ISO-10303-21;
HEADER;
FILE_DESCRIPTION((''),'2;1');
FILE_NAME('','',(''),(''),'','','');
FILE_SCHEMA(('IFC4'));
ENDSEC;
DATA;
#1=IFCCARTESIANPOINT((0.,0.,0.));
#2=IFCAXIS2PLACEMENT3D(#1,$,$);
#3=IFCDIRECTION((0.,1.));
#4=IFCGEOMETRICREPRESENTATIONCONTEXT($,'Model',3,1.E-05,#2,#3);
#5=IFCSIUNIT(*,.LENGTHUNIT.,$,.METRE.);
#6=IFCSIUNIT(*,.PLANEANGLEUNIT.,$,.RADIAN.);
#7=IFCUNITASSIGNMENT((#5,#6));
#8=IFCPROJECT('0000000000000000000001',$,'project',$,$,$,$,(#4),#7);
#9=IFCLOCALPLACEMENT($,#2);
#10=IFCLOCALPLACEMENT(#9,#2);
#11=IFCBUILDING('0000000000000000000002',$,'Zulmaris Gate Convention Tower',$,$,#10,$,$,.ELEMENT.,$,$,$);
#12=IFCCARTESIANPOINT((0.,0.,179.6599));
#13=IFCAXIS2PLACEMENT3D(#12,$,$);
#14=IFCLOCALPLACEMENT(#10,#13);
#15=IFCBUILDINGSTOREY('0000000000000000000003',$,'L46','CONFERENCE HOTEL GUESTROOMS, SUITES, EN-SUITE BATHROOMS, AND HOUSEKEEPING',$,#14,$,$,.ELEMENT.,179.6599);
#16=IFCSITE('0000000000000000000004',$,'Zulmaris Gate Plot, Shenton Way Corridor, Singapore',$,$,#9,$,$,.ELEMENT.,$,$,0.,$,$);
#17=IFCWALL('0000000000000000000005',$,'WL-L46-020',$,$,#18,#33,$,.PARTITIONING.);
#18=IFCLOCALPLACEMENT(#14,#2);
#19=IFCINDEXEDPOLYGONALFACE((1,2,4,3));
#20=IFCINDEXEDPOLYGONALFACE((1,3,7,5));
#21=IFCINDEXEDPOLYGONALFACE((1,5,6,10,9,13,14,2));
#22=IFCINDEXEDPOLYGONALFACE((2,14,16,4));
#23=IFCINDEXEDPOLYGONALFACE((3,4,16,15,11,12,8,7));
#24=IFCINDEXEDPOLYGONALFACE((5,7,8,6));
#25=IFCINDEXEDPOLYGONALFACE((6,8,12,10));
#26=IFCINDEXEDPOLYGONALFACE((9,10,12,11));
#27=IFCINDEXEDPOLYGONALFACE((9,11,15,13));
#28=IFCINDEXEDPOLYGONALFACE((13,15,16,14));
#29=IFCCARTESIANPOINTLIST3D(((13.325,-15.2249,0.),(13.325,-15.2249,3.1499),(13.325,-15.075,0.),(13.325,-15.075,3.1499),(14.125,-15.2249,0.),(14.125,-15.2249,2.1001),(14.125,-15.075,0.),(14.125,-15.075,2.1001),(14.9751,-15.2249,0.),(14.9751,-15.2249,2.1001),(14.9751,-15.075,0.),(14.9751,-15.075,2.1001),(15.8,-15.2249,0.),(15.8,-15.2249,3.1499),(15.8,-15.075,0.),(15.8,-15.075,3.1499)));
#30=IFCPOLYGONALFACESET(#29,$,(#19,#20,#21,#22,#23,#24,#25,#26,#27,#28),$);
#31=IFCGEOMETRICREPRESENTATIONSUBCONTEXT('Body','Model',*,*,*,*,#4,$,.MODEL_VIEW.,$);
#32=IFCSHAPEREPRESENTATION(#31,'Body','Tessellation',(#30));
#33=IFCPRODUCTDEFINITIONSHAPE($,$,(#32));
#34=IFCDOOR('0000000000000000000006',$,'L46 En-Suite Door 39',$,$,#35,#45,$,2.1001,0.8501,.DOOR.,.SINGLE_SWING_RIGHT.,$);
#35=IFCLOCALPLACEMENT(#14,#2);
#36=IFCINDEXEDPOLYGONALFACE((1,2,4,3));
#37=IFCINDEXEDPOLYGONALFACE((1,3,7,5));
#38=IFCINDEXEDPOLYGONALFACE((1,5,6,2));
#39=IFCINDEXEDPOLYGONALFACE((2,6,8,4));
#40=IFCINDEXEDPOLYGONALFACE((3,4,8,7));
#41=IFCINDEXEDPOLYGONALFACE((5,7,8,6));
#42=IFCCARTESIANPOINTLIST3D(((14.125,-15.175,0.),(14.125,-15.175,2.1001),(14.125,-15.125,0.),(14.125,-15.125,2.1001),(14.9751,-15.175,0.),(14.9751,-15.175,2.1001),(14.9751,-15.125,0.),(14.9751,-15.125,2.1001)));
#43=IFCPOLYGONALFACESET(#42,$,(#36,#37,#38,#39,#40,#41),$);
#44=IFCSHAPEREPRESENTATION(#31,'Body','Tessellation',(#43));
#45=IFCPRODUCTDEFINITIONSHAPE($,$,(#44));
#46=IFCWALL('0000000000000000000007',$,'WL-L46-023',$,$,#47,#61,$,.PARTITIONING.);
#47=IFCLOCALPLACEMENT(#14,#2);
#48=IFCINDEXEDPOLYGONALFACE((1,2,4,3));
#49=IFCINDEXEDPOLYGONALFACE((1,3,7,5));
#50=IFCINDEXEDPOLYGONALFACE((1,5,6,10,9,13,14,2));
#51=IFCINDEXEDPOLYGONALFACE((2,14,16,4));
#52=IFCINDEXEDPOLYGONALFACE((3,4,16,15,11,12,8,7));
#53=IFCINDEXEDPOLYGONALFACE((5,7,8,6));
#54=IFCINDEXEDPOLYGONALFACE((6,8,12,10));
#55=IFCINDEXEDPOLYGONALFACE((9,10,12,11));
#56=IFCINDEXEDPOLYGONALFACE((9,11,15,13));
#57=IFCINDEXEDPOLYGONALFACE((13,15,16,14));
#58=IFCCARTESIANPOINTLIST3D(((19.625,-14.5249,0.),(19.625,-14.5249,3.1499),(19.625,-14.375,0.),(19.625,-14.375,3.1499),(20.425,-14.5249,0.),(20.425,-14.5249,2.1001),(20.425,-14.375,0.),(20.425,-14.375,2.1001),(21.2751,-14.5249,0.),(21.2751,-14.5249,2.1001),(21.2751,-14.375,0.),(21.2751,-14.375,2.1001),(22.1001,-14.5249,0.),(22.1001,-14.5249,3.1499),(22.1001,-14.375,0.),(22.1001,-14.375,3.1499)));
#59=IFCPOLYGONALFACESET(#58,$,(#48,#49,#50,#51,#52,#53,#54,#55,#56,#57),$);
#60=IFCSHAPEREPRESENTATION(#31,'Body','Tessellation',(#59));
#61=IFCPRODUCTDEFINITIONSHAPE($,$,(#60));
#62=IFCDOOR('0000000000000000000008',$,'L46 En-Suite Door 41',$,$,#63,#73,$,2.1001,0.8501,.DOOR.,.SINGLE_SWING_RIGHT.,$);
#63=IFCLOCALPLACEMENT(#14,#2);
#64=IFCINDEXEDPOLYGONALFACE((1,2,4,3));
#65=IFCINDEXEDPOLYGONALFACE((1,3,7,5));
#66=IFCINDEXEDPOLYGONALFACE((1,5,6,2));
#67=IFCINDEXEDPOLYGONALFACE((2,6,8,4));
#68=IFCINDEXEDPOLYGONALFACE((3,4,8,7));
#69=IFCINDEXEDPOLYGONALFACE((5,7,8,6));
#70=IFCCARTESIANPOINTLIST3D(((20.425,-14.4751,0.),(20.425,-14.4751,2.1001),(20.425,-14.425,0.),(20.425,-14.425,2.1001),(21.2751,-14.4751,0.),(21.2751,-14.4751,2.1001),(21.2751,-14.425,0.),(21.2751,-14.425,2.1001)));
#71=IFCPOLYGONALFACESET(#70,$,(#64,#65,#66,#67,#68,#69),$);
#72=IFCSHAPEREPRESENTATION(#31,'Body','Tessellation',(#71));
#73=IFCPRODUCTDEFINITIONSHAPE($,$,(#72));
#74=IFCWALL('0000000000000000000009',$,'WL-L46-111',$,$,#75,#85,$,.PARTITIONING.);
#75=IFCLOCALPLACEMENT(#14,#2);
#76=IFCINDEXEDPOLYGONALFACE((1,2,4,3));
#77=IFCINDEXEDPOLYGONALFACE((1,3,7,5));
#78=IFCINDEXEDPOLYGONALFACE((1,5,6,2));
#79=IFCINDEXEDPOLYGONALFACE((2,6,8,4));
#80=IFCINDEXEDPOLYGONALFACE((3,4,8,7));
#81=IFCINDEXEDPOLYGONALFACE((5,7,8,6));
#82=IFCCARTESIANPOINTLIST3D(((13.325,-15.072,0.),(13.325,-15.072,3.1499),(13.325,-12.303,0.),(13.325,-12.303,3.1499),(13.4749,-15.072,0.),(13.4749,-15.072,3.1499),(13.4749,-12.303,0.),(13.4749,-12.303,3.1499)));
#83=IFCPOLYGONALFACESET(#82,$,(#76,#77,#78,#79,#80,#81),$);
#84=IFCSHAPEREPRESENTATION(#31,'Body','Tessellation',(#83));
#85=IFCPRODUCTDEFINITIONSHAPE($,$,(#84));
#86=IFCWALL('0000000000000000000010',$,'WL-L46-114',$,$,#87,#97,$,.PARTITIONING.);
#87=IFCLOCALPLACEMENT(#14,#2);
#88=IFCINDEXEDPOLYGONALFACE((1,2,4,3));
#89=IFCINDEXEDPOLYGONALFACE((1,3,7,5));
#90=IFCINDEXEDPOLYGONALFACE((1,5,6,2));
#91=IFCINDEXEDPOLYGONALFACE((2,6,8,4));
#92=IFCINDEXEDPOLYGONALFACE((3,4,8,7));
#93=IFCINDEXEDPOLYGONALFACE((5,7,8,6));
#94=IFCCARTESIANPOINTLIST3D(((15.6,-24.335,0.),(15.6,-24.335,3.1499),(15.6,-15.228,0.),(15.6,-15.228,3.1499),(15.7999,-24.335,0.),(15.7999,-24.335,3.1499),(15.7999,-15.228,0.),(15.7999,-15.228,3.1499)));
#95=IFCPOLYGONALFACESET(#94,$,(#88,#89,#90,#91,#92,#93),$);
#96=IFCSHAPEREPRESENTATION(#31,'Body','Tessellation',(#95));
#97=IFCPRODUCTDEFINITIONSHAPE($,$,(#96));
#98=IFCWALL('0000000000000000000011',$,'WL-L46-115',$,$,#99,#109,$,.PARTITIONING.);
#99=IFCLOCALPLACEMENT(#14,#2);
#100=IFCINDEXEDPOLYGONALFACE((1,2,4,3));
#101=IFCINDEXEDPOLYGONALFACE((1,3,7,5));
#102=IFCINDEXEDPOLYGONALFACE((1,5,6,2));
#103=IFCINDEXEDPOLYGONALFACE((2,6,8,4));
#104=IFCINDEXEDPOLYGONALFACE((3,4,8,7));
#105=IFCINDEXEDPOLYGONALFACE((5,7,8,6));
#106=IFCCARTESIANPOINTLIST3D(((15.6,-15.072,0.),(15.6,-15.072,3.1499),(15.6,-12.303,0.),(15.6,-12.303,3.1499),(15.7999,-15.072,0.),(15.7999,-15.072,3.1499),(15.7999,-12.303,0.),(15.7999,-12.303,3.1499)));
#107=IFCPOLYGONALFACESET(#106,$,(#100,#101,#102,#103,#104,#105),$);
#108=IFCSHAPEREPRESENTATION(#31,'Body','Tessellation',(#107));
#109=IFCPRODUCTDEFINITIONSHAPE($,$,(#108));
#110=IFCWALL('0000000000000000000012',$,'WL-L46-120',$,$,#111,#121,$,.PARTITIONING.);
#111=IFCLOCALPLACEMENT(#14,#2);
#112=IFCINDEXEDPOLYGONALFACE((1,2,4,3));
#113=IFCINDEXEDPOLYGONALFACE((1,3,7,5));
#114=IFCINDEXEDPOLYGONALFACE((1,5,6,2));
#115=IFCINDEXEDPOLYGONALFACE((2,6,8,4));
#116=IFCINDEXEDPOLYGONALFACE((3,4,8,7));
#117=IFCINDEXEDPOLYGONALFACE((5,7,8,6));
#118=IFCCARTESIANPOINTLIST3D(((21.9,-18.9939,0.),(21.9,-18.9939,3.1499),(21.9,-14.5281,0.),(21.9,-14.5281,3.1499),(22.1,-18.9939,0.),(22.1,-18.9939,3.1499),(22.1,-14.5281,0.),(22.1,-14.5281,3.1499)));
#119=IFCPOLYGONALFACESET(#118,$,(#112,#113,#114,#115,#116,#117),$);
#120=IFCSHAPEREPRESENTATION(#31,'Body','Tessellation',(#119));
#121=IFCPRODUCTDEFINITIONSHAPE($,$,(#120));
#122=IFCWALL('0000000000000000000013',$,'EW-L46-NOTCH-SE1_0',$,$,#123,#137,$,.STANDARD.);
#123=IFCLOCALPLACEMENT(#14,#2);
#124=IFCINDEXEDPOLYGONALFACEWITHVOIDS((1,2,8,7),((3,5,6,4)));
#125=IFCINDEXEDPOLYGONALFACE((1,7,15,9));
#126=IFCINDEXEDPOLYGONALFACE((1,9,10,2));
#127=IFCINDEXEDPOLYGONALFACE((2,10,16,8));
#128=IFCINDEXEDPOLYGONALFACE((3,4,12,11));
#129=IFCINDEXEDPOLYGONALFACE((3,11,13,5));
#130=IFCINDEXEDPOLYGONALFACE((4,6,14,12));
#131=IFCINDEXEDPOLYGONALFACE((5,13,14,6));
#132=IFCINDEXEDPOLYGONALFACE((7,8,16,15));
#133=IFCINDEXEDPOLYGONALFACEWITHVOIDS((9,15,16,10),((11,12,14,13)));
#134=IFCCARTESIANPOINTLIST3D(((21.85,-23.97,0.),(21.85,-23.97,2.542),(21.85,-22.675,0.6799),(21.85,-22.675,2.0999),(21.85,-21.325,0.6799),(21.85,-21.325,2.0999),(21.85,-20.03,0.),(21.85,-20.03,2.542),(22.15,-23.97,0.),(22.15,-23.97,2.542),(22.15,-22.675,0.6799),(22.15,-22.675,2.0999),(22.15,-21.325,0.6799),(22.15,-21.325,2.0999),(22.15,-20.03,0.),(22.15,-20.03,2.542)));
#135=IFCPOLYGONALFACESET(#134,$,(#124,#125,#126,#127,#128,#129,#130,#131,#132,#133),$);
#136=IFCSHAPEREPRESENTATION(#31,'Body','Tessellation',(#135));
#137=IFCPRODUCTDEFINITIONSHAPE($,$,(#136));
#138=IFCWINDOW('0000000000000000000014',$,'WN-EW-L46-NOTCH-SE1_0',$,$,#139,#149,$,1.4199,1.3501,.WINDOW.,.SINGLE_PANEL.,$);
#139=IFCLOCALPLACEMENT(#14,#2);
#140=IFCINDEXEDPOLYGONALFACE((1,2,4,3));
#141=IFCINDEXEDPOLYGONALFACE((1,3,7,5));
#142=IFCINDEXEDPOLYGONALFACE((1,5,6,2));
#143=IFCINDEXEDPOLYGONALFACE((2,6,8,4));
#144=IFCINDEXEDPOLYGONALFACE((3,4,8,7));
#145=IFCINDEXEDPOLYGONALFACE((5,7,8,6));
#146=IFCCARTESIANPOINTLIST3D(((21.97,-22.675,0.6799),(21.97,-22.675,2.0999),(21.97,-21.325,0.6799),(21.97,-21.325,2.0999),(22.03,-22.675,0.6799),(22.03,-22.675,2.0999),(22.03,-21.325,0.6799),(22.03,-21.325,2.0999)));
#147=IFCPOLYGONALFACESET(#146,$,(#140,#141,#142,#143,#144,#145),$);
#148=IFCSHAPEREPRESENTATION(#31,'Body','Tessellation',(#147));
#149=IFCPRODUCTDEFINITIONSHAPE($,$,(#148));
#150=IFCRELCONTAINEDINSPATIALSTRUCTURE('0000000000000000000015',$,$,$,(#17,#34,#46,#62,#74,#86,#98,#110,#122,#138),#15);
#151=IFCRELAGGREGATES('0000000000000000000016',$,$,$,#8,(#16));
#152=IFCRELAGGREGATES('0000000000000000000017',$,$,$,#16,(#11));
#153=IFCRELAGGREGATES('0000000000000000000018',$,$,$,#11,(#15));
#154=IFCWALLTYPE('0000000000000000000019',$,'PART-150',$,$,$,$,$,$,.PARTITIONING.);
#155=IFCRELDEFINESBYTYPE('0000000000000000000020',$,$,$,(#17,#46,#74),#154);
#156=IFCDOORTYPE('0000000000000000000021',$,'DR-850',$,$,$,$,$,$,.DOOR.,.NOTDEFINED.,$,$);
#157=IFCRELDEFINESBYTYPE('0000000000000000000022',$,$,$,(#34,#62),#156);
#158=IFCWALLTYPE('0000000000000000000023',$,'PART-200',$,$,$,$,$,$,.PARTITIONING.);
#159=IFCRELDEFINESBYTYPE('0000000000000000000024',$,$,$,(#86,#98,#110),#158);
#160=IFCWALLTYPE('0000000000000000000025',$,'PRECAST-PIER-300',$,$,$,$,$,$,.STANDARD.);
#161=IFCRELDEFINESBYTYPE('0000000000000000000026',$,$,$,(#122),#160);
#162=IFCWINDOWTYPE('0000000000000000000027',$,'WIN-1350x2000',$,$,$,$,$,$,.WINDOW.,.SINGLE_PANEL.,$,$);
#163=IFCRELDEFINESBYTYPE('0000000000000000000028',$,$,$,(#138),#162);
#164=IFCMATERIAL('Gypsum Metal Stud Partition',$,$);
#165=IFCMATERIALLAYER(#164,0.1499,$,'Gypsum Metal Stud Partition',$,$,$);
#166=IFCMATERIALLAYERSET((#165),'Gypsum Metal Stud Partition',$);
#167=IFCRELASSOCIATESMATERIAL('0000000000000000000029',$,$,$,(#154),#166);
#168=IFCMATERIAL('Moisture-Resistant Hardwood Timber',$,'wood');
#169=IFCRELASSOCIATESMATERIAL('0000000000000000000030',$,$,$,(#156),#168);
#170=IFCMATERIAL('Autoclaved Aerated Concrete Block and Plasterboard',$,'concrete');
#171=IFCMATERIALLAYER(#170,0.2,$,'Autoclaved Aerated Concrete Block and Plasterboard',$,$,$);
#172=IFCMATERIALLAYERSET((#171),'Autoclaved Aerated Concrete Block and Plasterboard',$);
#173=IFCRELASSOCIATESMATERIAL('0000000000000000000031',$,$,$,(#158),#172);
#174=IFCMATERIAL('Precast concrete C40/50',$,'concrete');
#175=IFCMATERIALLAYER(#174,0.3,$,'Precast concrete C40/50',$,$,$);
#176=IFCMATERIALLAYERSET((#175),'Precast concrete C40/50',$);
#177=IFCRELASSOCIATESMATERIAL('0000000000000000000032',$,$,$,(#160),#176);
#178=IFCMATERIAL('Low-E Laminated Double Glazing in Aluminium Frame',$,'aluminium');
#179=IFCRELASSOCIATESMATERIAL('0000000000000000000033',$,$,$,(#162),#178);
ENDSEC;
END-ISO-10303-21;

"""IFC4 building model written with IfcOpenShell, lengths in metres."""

from ifc_helpers import new_model, si_unit, direction, frame, frame_2d, origin, place, context, subcontext, project, spatial, rectangle, extrude, material, layer, layer_set, type_object, element, fill, save


model = new_model("IFC4")

# Units and contexts
model_context = context("Model", 3, precision=1e-05, world=origin(), true_north=direction((0.0, 1.0)))
body_context = subcontext(model_context, "Body", "Model", "MODEL_VIEW")
ifc_project = project(units=[si_unit("LENGTHUNIT", "METRE"), si_unit("PLANEANGLEUNIT", "RADIAN")], contexts=[model_context])

# Site, building, storey
site_placement = place(None, origin())
site = spatial("IfcSite", under=ifc_project, at=site_placement, Name="Zulmaris Gate Plot, Shenton Way Corridor, Singapore", CompositionType="ELEMENT", RefElevation=0.0)
building_placement = place(site_placement, origin())
building = spatial("IfcBuilding", under=site, at=building_placement, Name="Zulmaris Gate Convention Tower", CompositionType="ELEMENT")
storey_placement = place(building_placement, frame((0.0, 0.0, 179.6599)))
storey = spatial("IfcBuildingStorey", under=building, at=storey_placement, Name="L46", Description="CONFERENCE HOTEL GUESTROOMS, SUITES, EN-SUITE BATHROOMS, AND HOUSEKEEPING", CompositionType="ELEMENT", Elevation=179.6599)

# Walls, openings, doors
ifc_material_1 = material(Name="Gypsum Metal Stud Partition")
ifc_layer_1 = layer(ifc_material_1, 0.1499, Name="Gypsum Metal Stud Partition")
ifc_layer_set_1 = layer_set([ifc_layer_1], Name="Gypsum Metal Stud Partition")
wall_type_1 = type_object("IfcWallType", Name="PART-150", PredefinedType="PARTITIONING", material=ifc_layer_set_1)
wall_1_placement = place(storey_placement, frame((13.325, -15.1499, 0.0), z_axis=(0.0, 0.0, 1.0), x_axis=(1.0, 0.0, 0.0)))
wall_1 = element("IfcWall", 1, at=wall_1_placement, inside=storey, type_object=wall_type_1, Name="WL-L46-020", PredefinedType="PARTITIONING", context=body_context, shape_type="SweptSolid", body=[
    extrude(rectangle(XDim=2.4751, YDim=0.1499, at=frame_2d((1.2375, 0.0))), origin(), (0.0, 0.0, 1.0), 3.1499),
])
opening_1_placement = place(wall_1_placement, frame((0.8, 0.0, 0.0)))
opening_1 = element("IfcOpeningElement", 2, at=opening_1_placement, cuts=wall_1, PredefinedType="OPENING", context=body_context, shape_type="SweptSolid", body=[
    extrude(rectangle(XDim=0.8501, YDim=2.1001, at=frame_2d((0.425, 1.05))), frame((0.0, 0.085, 0.0), z_axis=(0.0, -1.0, 0.0), x_axis=(1.0, 0.0, 0.0)), (0.0, 0.0, 1.0), 0.1699),
])
ifc_material_2 = material(Name="Moisture-Resistant Hardwood Timber", Category="wood")
door_type = type_object("IfcDoorType", Name="DR-850", OperationType="NOTDEFINED", PredefinedType="DOOR", material=ifc_material_2)
door_1_placement = place(opening_1_placement, origin())
door_1 = element("IfcDoor", 3, at=door_1_placement, inside=storey, type_object=door_type, Name="L46 En-Suite Door 39", OperationType="SINGLE_SWING_RIGHT", OverallHeight=2.1001, OverallWidth=0.8501, PredefinedType="DOOR", context=body_context, shape_type="SweptSolid", body=[
    extrude(rectangle(XDim=0.8501, YDim=2.1001, at=frame_2d((0.425, 1.05))), frame((0.0, 0.0249, 0.0), z_axis=(0.0, -1.0, 0.0), x_axis=(1.0, 0.0, 0.0)), (0.0, 0.0, 1.0), 0.05),
])
fill(opening_1, door_1)
wall_2_placement = place(storey_placement, frame((19.625, -14.45, 0.0), z_axis=(0.0, 0.0, 1.0), x_axis=(1.0, 0.0, 0.0)))
wall_2 = element("IfcWall", 4, at=wall_2_placement, inside=storey, type_object=wall_type_1, Name="WL-L46-023", PredefinedType="PARTITIONING", context=body_context, shape_type="SweptSolid", body=[
    extrude(rectangle(XDim=2.4751, YDim=0.1499, at=frame_2d((1.2375, 0.0))), origin(), (0.0, 0.0, 1.0), 3.1499),
])
opening_2_placement = place(wall_2_placement, frame((0.8, 0.0, 0.0)))
opening_2 = element("IfcOpeningElement", 5, at=opening_2_placement, cuts=wall_2, PredefinedType="OPENING", context=body_context, shape_type="SweptSolid", body=[
    extrude(rectangle(XDim=0.8501, YDim=2.1001, at=frame_2d((0.425, 1.05))), frame((0.0, 0.085, 0.0), z_axis=(0.0, -1.0, 0.0), x_axis=(1.0, 0.0, 0.0)), (0.0, 0.0, 1.0), 0.1699),
])
door_2_placement = place(opening_2_placement, origin())
door_2 = element("IfcDoor", 6, at=door_2_placement, inside=storey, type_object=door_type, Name="L46 En-Suite Door 41", OperationType="SINGLE_SWING_RIGHT", OverallHeight=2.1001, OverallWidth=0.8501, PredefinedType="DOOR", context=body_context, shape_type="SweptSolid", body=[
    extrude(rectangle(XDim=0.8501, YDim=2.1001, at=frame_2d((0.425, 1.05))), frame((0.0, 0.0249, 0.0), z_axis=(0.0, -1.0, 0.0), x_axis=(1.0, 0.0, 0.0)), (0.0, 0.0, 1.0), 0.05),
])
fill(opening_2, door_2)

# Walls
wall_3_placement = place(storey_placement, frame((13.3999, -15.072, 0.0), z_axis=(0.0, 0.0, 1.0), x_axis=(0.0, 1.0, 0.0)))
element("IfcWall", 7, at=wall_3_placement, inside=storey, type_object=wall_type_1, Name="WL-L46-111", PredefinedType="PARTITIONING", context=body_context, shape_type="SweptSolid", body=[
    extrude(rectangle(XDim=2.769, YDim=0.1499, at=frame_2d((1.3845, 0.0))), origin(), (0.0, 0.0, 1.0), 3.1499),
])
ifc_material_3 = material(Name="Autoclaved Aerated Concrete Block and Plasterboard", Category="concrete")
ifc_layer_2 = layer(ifc_material_3, 0.2, Name="Autoclaved Aerated Concrete Block and Plasterboard")
ifc_layer_set_2 = layer_set([ifc_layer_2], Name="Autoclaved Aerated Concrete Block and Plasterboard")
wall_type_2 = type_object("IfcWallType", Name="PART-200", PredefinedType="PARTITIONING", material=ifc_layer_set_2)
wall_4_placement = place(storey_placement, frame((15.7, -24.335, 0.0), z_axis=(0.0, 0.0, 1.0), x_axis=(0.0, 1.0, 0.0)))
element("IfcWall", 8, at=wall_4_placement, inside=storey, type_object=wall_type_2, Name="WL-L46-114", PredefinedType="PARTITIONING", context=body_context, shape_type="SweptSolid", body=[
    extrude(rectangle(XDim=9.1069, YDim=0.2, at=frame_2d((4.5535, 0.0))), origin(), (0.0, 0.0, 1.0), 3.1499),
])
wall_5_placement = place(storey_placement, frame((15.7, -15.072, 0.0), z_axis=(0.0, 0.0, 1.0), x_axis=(0.0, 1.0, 0.0)))
element("IfcWall", 9, at=wall_5_placement, inside=storey, type_object=wall_type_2, Name="WL-L46-115", PredefinedType="PARTITIONING", context=body_context, shape_type="SweptSolid", body=[
    extrude(rectangle(XDim=2.769, YDim=0.2, at=frame_2d((1.3845, 0.0))), origin(), (0.0, 0.0, 1.0), 3.1499),
])
wall_6_placement = place(storey_placement, frame((22.0, -18.9939, 0.0), z_axis=(0.0, 0.0, 1.0), x_axis=(0.0, 1.0, 0.0)))
element("IfcWall", 10, at=wall_6_placement, inside=storey, type_object=wall_type_2, Name="WL-L46-120", PredefinedType="PARTITIONING", context=body_context, shape_type="SweptSolid", body=[
    extrude(rectangle(XDim=4.4658, YDim=0.2, at=frame_2d((2.2329, 0.0))), origin(), (0.0, 0.0, 1.0), 3.1499),
])

# Wall, opening, window
ifc_material_4 = material(Name="Precast concrete C40/50", Category="concrete")
ifc_layer_3 = layer(ifc_material_4, 0.3, Name="Precast concrete C40/50")
ifc_layer_set_3 = layer_set([ifc_layer_3], Name="Precast concrete C40/50")
wall_type_3 = type_object("IfcWallType", Name="PRECAST-PIER-300", PredefinedType="STANDARD", material=ifc_layer_set_3)
wall_7_placement = place(storey_placement, frame((22.0, -23.97, 0.0), z_axis=(0.0, 0.0, 1.0), x_axis=(0.0, 1.0, 0.0)))
wall_7 = element("IfcWall", 11, at=wall_7_placement, inside=storey, type_object=wall_type_3, Name="EW-L46-NOTCH-SE1_0", PredefinedType="STANDARD", context=body_context, shape_type="SweptSolid", body=[
    extrude(rectangle(XDim=3.9399, YDim=0.3, at=frame_2d((1.97, 0.0))), origin(), (0.0, 0.0, 1.0), 2.542),
])
opening_3_placement = place(wall_7_placement, frame((1.2949, 0.0, 0.6799)))
opening_3 = element("IfcOpeningElement", 12, at=opening_3_placement, cuts=wall_7, PredefinedType="OPENING", context=body_context, shape_type="SweptSolid", body=[
    extrude(rectangle(XDim=1.3501, YDim=1.4199, at=frame_2d((0.675, 0.71))), frame((0.0, 0.1602, 0.0), z_axis=(0.0, -1.0, 0.0), x_axis=(1.0, 0.0, 0.0)), (0.0, 0.0, 1.0), 0.3201),
])
ifc_material_5 = material(Name="Low-E Laminated Double Glazing in Aluminium Frame", Category="aluminium")
window_type = type_object("IfcWindowType", Name="WIN-1350x2000", PartitioningType="SINGLE_PANEL", PredefinedType="WINDOW", material=ifc_material_5)
window_1_placement = place(opening_3_placement, origin())
window_1 = element("IfcWindow", 13, at=window_1_placement, inside=storey, type_object=window_type, Name="WN-EW-L46-NOTCH-SE1_0", OverallHeight=1.4199, OverallWidth=1.3501, PartitioningType="SINGLE_PANEL", PredefinedType="WINDOW", context=body_context, shape_type="SweptSolid", body=[
    extrude(rectangle(XDim=1.3501, YDim=1.4199, at=frame_2d((0.675, 0.71))), frame((0.0, 0.03, 0.0), z_axis=(0.0, -1.0, 0.0), x_axis=(1.0, 0.0, 0.0)), (0.0, 0.0, 1.0), 0.0601),
])
fill(opening_3, window_1)

save(model, "model.ifc")
